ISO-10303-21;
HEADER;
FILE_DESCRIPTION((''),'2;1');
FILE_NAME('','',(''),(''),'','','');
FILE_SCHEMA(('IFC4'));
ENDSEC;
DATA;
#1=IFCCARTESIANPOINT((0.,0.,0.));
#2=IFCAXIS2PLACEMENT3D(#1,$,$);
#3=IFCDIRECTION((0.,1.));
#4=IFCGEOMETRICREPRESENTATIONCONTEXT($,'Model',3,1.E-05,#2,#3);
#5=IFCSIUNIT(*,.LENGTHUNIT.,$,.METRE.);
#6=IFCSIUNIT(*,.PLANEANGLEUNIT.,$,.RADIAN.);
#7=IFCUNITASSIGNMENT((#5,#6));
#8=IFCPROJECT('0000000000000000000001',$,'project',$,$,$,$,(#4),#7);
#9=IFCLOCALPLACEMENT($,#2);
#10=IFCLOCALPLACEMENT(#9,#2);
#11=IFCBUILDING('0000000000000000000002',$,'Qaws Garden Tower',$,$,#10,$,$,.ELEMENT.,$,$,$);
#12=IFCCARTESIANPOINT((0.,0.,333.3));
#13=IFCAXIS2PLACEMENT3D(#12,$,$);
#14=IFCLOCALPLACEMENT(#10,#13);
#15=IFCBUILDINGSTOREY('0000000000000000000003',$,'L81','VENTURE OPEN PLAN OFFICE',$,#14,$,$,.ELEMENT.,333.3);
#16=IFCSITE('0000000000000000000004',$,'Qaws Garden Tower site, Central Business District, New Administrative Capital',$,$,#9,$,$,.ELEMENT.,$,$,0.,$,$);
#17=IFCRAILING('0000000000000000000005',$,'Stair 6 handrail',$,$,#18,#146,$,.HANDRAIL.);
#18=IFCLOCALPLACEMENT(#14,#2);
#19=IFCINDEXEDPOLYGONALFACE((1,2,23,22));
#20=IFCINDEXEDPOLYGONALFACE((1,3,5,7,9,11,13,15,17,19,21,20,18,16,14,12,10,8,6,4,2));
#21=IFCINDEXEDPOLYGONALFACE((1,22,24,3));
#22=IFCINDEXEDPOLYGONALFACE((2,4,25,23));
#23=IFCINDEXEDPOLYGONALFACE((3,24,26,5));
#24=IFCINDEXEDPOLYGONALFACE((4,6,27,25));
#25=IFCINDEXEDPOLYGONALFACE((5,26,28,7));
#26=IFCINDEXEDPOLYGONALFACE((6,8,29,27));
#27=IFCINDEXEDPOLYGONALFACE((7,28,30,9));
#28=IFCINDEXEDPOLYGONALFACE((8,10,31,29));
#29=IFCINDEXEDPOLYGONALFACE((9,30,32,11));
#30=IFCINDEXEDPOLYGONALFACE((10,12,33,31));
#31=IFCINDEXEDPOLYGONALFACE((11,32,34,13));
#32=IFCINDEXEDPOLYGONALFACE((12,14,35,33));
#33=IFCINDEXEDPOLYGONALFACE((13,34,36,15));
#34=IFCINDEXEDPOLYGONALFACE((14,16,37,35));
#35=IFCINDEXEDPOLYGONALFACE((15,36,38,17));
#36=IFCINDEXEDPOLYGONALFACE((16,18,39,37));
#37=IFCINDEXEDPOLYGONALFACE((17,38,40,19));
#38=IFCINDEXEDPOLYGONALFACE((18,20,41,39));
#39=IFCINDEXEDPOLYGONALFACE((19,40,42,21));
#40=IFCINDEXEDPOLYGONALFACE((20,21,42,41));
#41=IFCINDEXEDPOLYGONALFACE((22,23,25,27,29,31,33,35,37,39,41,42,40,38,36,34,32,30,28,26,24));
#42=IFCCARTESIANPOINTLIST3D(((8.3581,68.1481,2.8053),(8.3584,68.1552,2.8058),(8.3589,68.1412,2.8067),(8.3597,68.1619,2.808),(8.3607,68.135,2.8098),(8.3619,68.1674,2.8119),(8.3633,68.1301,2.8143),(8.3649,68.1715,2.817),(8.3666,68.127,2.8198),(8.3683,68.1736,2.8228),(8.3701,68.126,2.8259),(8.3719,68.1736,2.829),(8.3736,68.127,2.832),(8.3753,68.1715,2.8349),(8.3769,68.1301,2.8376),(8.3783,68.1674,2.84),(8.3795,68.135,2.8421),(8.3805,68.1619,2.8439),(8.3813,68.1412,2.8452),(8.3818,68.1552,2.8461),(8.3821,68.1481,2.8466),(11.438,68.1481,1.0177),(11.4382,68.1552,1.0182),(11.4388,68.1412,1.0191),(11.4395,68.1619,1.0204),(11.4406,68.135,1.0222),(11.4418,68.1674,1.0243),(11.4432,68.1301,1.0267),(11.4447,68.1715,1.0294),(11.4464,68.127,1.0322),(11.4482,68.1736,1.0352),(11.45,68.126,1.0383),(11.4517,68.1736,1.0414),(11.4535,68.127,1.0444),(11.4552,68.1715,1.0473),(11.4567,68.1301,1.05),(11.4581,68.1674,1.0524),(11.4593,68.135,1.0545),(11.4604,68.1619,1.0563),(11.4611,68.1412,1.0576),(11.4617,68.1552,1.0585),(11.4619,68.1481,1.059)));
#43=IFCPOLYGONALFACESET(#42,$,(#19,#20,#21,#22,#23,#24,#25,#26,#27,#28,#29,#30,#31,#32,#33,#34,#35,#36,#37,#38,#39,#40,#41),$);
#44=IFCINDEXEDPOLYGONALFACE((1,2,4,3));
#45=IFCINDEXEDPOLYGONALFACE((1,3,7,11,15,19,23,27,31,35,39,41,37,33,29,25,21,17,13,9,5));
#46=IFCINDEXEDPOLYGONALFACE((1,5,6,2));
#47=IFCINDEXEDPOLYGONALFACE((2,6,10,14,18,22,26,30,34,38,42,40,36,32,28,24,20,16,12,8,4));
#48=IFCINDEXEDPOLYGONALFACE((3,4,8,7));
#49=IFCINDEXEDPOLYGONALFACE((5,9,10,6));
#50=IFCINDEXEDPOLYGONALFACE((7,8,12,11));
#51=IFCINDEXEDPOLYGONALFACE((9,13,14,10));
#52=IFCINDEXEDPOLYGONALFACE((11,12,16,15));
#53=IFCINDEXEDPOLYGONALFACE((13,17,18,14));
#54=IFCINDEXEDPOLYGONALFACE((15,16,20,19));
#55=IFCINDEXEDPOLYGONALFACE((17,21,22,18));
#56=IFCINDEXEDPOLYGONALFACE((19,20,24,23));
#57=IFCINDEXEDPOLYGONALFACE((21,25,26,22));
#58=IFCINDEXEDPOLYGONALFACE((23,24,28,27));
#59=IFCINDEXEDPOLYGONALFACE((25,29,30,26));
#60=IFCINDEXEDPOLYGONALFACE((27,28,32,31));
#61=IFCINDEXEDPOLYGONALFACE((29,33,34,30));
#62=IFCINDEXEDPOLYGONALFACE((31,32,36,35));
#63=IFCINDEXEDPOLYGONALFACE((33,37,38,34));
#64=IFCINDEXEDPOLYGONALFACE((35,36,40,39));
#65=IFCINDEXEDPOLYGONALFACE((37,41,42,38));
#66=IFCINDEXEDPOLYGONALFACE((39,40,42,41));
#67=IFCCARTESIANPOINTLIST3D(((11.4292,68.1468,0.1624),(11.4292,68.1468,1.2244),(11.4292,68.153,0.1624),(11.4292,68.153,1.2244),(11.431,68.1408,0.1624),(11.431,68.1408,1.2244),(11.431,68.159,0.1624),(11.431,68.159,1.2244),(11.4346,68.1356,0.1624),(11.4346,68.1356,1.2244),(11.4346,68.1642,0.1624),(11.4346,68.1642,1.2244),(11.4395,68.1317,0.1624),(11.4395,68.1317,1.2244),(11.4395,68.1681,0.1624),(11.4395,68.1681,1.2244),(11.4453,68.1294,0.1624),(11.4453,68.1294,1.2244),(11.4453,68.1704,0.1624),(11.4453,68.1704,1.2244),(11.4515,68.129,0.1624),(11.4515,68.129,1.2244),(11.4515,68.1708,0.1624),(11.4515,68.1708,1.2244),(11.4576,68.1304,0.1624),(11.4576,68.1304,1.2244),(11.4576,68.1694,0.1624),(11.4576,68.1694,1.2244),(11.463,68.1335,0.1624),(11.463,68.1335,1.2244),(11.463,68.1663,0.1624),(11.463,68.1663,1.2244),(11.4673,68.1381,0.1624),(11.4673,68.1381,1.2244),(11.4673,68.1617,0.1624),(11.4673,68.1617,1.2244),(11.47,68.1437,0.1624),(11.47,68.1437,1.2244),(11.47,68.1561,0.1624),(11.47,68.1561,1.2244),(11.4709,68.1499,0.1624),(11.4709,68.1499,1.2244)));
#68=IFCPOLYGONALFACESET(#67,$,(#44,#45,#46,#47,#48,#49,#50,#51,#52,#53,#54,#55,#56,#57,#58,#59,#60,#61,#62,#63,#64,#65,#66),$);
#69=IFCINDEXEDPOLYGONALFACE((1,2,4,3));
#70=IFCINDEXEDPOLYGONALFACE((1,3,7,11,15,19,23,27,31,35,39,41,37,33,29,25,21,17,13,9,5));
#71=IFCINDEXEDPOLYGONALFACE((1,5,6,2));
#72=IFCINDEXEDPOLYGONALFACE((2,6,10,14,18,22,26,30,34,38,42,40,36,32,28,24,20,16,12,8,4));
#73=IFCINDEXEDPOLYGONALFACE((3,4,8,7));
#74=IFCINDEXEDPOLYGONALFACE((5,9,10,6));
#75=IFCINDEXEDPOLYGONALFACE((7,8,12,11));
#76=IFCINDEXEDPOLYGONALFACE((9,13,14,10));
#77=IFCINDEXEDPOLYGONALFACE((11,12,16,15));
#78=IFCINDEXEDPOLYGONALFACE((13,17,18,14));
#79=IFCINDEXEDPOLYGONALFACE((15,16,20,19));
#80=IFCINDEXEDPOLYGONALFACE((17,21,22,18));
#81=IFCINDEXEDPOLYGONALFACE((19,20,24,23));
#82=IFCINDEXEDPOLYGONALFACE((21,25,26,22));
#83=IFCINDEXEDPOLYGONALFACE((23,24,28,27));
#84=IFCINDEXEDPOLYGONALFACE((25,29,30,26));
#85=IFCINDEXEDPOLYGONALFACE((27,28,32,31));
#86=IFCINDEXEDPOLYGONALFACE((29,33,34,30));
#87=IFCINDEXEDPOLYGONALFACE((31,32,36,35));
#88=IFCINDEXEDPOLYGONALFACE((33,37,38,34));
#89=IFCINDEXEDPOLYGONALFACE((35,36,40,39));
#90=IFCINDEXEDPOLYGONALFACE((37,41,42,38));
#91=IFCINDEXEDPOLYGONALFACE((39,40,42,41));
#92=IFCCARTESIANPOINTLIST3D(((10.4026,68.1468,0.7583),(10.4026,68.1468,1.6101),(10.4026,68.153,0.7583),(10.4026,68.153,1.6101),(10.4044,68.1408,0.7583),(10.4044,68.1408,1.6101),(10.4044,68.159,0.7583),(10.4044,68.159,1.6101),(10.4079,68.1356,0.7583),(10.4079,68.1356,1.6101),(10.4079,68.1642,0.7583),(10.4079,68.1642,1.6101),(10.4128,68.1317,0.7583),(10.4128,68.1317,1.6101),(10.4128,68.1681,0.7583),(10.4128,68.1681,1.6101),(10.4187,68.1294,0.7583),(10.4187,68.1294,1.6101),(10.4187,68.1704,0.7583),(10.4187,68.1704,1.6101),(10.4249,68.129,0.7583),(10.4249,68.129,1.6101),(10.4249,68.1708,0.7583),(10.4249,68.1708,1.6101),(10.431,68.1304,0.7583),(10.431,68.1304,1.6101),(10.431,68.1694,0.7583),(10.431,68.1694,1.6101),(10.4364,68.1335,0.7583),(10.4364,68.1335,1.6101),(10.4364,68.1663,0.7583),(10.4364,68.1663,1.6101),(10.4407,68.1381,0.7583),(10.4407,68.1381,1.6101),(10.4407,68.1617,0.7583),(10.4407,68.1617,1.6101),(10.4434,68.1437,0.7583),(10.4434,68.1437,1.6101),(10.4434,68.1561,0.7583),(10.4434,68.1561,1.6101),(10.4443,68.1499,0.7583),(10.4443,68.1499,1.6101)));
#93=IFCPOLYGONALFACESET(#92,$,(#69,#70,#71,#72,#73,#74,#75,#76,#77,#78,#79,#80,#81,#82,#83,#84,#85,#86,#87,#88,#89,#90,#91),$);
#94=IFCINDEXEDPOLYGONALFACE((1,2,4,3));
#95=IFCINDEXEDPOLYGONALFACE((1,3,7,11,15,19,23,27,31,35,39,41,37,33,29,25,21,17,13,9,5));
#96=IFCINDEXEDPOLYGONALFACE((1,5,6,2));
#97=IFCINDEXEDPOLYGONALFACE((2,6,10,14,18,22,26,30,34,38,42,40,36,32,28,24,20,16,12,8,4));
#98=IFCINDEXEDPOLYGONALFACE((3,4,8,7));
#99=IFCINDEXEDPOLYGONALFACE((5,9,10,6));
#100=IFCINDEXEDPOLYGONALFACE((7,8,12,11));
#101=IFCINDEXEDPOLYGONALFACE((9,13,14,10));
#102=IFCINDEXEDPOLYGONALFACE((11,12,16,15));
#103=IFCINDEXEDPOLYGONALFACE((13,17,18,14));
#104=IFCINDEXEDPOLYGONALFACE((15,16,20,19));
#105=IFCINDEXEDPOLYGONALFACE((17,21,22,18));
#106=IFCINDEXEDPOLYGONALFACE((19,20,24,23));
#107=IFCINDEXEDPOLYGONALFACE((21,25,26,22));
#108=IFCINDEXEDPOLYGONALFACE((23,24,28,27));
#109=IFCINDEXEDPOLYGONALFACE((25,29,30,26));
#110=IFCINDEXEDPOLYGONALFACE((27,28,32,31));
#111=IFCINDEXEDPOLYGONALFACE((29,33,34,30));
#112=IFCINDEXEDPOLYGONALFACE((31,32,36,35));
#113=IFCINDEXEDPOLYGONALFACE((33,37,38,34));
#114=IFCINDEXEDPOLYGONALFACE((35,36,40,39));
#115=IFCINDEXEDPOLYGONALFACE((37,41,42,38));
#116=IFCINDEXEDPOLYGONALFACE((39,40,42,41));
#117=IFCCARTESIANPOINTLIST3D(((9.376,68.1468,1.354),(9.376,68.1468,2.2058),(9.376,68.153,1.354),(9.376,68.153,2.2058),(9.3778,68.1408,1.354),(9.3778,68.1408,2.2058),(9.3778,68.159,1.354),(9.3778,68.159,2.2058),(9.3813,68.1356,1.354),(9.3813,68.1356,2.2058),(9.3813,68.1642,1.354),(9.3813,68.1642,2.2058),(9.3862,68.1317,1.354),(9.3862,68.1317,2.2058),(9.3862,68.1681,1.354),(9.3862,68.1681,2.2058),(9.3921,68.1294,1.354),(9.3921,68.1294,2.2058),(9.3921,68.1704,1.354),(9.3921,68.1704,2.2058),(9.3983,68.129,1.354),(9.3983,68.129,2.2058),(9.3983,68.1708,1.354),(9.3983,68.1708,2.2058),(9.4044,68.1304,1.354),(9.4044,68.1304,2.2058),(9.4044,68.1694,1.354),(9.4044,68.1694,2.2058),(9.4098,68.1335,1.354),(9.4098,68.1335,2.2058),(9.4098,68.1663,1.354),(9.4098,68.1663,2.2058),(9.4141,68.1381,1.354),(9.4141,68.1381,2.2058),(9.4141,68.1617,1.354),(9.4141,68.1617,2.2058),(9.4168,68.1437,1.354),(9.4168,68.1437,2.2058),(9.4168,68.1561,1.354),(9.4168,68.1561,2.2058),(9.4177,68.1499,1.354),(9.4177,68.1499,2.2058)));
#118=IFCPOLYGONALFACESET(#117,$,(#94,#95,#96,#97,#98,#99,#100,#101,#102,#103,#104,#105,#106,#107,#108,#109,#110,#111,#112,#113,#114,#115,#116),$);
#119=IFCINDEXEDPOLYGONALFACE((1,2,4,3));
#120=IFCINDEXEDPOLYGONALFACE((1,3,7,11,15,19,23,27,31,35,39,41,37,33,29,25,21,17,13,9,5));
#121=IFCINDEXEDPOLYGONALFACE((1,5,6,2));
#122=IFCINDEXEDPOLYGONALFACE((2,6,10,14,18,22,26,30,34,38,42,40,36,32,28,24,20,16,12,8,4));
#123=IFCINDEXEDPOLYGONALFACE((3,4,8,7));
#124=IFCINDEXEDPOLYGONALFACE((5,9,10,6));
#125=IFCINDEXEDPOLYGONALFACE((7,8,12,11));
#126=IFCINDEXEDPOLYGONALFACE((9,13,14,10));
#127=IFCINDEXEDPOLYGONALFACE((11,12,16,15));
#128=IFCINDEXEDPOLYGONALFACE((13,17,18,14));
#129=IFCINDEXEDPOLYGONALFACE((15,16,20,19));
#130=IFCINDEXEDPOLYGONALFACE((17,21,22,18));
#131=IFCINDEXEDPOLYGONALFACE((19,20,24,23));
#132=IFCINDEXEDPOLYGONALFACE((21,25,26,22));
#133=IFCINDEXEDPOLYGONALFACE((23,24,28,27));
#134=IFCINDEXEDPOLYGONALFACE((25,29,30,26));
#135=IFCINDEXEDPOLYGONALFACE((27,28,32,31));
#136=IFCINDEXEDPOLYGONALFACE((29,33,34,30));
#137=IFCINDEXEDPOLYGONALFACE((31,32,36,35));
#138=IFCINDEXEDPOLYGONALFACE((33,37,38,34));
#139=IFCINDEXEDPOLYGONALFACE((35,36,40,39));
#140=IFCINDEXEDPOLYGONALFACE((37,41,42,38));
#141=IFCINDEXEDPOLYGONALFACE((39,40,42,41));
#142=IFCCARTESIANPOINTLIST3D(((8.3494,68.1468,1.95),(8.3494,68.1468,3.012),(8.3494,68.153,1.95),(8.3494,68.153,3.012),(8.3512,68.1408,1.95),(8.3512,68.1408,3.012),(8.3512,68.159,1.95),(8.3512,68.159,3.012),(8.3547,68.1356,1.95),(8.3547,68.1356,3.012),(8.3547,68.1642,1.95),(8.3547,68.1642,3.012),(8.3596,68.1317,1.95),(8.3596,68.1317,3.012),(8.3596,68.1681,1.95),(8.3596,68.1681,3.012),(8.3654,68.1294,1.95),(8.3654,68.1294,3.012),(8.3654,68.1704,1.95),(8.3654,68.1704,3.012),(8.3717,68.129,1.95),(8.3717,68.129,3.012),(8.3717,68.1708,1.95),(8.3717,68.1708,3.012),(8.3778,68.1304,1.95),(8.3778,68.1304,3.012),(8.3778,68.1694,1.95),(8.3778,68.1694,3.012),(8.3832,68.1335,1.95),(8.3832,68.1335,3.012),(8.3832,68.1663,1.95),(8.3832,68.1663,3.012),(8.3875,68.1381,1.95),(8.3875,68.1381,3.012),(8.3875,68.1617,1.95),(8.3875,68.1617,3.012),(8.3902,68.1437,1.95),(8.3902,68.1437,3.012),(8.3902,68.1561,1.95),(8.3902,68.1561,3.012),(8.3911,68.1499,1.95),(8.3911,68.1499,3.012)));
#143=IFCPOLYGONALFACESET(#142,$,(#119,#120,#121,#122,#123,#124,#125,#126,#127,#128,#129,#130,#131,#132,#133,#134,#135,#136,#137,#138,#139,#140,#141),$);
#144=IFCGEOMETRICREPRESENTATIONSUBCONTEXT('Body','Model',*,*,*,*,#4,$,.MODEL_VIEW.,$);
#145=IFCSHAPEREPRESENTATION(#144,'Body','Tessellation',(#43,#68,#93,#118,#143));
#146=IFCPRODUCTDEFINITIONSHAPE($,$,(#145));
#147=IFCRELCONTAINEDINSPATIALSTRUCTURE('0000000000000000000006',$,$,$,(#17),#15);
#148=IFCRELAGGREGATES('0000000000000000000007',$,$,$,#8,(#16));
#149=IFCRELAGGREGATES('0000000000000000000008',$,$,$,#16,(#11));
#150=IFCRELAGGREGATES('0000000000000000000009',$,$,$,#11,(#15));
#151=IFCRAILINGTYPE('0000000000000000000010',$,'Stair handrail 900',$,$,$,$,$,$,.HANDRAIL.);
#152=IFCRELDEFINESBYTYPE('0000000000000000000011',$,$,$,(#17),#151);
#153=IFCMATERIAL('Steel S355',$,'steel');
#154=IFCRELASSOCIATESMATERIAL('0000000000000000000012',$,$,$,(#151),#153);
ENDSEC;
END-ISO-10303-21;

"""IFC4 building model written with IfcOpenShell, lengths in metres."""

from ifc_helpers import new_model, si_unit, direction, frame, origin, origin_2d, place, context, subcontext, project, spatial, circle, extrude, material, type_object, element, save


model = new_model("IFC4")

# Units and contexts
model_context = context("Model", 3, precision=1e-05, world=origin(), true_north=direction((0.0, 1.0)))
body_context = subcontext(model_context, "Body", "Model", "MODEL_VIEW")
ifc_project = project(units=[si_unit("LENGTHUNIT", "METRE"), si_unit("PLANEANGLEUNIT", "RADIAN")], contexts=[model_context])

# Site, building, storey
site_placement = place(None, origin())
site = spatial("IfcSite", under=ifc_project, at=site_placement, Name="Qaws Garden Tower site, Central Business District, New Administrative Capital", CompositionType="ELEMENT", RefElevation=0.0)
building_placement = place(site_placement, origin())
building = spatial("IfcBuilding", under=site, at=building_placement, Name="Qaws Garden Tower", CompositionType="ELEMENT")
storey_placement = place(building_placement, frame((0.0, 0.0, 333.3)))
storey = spatial("IfcBuildingStorey", under=building, at=storey_placement, Name="L81", Description="VENTURE OPEN PLAN OFFICE", CompositionType="ELEMENT", Elevation=333.3)

# Railing
ifc_material_1 = material(Name="Steel S355", Category="steel")
railing_type = type_object("IfcRailingType", Name="Stair handrail 900", PredefinedType="HANDRAIL", material=ifc_material_1)
railing_1_placement = place(storey_placement, frame((11.45, 68.1499, 0.1624)))
element("IfcRailing", 1, at=railing_1_placement, inside=storey, type_object=railing_type, Name="Stair 6 handrail", PredefinedType="HANDRAIL", context=body_context, shape_type="SweptSolid", body=[
    extrude(circle(Radius=0.0239, at=origin_2d()), frame((0.0, 0.0, 0.876), z_axis=(-0.864873, 0.0, 0.50199), x_axis=(0.0, -1.0, 0.0)), (0.0, 0.0, 1.0), 3.561),
    extrude(circle(Radius=0.021, at=origin_2d()), origin(), (0.0, 0.0, 1.0), 1.062),
    extrude(circle(Radius=0.021, at=origin_2d()), frame((-1.0266, 0.0, 0.5959)), (0.0, 0.0, 1.0), 0.8518),
    extrude(circle(Radius=0.021, at=origin_2d()), frame((-2.0532, 0.0, 1.1917)), (0.0, 0.0, 1.0), 0.8518),
    extrude(circle(Radius=0.021, at=origin_2d()), frame((-3.0798, 0.0, 1.7876)), (0.0, 0.0, 1.0), 1.062),
])

save(model, "model.ifc")
